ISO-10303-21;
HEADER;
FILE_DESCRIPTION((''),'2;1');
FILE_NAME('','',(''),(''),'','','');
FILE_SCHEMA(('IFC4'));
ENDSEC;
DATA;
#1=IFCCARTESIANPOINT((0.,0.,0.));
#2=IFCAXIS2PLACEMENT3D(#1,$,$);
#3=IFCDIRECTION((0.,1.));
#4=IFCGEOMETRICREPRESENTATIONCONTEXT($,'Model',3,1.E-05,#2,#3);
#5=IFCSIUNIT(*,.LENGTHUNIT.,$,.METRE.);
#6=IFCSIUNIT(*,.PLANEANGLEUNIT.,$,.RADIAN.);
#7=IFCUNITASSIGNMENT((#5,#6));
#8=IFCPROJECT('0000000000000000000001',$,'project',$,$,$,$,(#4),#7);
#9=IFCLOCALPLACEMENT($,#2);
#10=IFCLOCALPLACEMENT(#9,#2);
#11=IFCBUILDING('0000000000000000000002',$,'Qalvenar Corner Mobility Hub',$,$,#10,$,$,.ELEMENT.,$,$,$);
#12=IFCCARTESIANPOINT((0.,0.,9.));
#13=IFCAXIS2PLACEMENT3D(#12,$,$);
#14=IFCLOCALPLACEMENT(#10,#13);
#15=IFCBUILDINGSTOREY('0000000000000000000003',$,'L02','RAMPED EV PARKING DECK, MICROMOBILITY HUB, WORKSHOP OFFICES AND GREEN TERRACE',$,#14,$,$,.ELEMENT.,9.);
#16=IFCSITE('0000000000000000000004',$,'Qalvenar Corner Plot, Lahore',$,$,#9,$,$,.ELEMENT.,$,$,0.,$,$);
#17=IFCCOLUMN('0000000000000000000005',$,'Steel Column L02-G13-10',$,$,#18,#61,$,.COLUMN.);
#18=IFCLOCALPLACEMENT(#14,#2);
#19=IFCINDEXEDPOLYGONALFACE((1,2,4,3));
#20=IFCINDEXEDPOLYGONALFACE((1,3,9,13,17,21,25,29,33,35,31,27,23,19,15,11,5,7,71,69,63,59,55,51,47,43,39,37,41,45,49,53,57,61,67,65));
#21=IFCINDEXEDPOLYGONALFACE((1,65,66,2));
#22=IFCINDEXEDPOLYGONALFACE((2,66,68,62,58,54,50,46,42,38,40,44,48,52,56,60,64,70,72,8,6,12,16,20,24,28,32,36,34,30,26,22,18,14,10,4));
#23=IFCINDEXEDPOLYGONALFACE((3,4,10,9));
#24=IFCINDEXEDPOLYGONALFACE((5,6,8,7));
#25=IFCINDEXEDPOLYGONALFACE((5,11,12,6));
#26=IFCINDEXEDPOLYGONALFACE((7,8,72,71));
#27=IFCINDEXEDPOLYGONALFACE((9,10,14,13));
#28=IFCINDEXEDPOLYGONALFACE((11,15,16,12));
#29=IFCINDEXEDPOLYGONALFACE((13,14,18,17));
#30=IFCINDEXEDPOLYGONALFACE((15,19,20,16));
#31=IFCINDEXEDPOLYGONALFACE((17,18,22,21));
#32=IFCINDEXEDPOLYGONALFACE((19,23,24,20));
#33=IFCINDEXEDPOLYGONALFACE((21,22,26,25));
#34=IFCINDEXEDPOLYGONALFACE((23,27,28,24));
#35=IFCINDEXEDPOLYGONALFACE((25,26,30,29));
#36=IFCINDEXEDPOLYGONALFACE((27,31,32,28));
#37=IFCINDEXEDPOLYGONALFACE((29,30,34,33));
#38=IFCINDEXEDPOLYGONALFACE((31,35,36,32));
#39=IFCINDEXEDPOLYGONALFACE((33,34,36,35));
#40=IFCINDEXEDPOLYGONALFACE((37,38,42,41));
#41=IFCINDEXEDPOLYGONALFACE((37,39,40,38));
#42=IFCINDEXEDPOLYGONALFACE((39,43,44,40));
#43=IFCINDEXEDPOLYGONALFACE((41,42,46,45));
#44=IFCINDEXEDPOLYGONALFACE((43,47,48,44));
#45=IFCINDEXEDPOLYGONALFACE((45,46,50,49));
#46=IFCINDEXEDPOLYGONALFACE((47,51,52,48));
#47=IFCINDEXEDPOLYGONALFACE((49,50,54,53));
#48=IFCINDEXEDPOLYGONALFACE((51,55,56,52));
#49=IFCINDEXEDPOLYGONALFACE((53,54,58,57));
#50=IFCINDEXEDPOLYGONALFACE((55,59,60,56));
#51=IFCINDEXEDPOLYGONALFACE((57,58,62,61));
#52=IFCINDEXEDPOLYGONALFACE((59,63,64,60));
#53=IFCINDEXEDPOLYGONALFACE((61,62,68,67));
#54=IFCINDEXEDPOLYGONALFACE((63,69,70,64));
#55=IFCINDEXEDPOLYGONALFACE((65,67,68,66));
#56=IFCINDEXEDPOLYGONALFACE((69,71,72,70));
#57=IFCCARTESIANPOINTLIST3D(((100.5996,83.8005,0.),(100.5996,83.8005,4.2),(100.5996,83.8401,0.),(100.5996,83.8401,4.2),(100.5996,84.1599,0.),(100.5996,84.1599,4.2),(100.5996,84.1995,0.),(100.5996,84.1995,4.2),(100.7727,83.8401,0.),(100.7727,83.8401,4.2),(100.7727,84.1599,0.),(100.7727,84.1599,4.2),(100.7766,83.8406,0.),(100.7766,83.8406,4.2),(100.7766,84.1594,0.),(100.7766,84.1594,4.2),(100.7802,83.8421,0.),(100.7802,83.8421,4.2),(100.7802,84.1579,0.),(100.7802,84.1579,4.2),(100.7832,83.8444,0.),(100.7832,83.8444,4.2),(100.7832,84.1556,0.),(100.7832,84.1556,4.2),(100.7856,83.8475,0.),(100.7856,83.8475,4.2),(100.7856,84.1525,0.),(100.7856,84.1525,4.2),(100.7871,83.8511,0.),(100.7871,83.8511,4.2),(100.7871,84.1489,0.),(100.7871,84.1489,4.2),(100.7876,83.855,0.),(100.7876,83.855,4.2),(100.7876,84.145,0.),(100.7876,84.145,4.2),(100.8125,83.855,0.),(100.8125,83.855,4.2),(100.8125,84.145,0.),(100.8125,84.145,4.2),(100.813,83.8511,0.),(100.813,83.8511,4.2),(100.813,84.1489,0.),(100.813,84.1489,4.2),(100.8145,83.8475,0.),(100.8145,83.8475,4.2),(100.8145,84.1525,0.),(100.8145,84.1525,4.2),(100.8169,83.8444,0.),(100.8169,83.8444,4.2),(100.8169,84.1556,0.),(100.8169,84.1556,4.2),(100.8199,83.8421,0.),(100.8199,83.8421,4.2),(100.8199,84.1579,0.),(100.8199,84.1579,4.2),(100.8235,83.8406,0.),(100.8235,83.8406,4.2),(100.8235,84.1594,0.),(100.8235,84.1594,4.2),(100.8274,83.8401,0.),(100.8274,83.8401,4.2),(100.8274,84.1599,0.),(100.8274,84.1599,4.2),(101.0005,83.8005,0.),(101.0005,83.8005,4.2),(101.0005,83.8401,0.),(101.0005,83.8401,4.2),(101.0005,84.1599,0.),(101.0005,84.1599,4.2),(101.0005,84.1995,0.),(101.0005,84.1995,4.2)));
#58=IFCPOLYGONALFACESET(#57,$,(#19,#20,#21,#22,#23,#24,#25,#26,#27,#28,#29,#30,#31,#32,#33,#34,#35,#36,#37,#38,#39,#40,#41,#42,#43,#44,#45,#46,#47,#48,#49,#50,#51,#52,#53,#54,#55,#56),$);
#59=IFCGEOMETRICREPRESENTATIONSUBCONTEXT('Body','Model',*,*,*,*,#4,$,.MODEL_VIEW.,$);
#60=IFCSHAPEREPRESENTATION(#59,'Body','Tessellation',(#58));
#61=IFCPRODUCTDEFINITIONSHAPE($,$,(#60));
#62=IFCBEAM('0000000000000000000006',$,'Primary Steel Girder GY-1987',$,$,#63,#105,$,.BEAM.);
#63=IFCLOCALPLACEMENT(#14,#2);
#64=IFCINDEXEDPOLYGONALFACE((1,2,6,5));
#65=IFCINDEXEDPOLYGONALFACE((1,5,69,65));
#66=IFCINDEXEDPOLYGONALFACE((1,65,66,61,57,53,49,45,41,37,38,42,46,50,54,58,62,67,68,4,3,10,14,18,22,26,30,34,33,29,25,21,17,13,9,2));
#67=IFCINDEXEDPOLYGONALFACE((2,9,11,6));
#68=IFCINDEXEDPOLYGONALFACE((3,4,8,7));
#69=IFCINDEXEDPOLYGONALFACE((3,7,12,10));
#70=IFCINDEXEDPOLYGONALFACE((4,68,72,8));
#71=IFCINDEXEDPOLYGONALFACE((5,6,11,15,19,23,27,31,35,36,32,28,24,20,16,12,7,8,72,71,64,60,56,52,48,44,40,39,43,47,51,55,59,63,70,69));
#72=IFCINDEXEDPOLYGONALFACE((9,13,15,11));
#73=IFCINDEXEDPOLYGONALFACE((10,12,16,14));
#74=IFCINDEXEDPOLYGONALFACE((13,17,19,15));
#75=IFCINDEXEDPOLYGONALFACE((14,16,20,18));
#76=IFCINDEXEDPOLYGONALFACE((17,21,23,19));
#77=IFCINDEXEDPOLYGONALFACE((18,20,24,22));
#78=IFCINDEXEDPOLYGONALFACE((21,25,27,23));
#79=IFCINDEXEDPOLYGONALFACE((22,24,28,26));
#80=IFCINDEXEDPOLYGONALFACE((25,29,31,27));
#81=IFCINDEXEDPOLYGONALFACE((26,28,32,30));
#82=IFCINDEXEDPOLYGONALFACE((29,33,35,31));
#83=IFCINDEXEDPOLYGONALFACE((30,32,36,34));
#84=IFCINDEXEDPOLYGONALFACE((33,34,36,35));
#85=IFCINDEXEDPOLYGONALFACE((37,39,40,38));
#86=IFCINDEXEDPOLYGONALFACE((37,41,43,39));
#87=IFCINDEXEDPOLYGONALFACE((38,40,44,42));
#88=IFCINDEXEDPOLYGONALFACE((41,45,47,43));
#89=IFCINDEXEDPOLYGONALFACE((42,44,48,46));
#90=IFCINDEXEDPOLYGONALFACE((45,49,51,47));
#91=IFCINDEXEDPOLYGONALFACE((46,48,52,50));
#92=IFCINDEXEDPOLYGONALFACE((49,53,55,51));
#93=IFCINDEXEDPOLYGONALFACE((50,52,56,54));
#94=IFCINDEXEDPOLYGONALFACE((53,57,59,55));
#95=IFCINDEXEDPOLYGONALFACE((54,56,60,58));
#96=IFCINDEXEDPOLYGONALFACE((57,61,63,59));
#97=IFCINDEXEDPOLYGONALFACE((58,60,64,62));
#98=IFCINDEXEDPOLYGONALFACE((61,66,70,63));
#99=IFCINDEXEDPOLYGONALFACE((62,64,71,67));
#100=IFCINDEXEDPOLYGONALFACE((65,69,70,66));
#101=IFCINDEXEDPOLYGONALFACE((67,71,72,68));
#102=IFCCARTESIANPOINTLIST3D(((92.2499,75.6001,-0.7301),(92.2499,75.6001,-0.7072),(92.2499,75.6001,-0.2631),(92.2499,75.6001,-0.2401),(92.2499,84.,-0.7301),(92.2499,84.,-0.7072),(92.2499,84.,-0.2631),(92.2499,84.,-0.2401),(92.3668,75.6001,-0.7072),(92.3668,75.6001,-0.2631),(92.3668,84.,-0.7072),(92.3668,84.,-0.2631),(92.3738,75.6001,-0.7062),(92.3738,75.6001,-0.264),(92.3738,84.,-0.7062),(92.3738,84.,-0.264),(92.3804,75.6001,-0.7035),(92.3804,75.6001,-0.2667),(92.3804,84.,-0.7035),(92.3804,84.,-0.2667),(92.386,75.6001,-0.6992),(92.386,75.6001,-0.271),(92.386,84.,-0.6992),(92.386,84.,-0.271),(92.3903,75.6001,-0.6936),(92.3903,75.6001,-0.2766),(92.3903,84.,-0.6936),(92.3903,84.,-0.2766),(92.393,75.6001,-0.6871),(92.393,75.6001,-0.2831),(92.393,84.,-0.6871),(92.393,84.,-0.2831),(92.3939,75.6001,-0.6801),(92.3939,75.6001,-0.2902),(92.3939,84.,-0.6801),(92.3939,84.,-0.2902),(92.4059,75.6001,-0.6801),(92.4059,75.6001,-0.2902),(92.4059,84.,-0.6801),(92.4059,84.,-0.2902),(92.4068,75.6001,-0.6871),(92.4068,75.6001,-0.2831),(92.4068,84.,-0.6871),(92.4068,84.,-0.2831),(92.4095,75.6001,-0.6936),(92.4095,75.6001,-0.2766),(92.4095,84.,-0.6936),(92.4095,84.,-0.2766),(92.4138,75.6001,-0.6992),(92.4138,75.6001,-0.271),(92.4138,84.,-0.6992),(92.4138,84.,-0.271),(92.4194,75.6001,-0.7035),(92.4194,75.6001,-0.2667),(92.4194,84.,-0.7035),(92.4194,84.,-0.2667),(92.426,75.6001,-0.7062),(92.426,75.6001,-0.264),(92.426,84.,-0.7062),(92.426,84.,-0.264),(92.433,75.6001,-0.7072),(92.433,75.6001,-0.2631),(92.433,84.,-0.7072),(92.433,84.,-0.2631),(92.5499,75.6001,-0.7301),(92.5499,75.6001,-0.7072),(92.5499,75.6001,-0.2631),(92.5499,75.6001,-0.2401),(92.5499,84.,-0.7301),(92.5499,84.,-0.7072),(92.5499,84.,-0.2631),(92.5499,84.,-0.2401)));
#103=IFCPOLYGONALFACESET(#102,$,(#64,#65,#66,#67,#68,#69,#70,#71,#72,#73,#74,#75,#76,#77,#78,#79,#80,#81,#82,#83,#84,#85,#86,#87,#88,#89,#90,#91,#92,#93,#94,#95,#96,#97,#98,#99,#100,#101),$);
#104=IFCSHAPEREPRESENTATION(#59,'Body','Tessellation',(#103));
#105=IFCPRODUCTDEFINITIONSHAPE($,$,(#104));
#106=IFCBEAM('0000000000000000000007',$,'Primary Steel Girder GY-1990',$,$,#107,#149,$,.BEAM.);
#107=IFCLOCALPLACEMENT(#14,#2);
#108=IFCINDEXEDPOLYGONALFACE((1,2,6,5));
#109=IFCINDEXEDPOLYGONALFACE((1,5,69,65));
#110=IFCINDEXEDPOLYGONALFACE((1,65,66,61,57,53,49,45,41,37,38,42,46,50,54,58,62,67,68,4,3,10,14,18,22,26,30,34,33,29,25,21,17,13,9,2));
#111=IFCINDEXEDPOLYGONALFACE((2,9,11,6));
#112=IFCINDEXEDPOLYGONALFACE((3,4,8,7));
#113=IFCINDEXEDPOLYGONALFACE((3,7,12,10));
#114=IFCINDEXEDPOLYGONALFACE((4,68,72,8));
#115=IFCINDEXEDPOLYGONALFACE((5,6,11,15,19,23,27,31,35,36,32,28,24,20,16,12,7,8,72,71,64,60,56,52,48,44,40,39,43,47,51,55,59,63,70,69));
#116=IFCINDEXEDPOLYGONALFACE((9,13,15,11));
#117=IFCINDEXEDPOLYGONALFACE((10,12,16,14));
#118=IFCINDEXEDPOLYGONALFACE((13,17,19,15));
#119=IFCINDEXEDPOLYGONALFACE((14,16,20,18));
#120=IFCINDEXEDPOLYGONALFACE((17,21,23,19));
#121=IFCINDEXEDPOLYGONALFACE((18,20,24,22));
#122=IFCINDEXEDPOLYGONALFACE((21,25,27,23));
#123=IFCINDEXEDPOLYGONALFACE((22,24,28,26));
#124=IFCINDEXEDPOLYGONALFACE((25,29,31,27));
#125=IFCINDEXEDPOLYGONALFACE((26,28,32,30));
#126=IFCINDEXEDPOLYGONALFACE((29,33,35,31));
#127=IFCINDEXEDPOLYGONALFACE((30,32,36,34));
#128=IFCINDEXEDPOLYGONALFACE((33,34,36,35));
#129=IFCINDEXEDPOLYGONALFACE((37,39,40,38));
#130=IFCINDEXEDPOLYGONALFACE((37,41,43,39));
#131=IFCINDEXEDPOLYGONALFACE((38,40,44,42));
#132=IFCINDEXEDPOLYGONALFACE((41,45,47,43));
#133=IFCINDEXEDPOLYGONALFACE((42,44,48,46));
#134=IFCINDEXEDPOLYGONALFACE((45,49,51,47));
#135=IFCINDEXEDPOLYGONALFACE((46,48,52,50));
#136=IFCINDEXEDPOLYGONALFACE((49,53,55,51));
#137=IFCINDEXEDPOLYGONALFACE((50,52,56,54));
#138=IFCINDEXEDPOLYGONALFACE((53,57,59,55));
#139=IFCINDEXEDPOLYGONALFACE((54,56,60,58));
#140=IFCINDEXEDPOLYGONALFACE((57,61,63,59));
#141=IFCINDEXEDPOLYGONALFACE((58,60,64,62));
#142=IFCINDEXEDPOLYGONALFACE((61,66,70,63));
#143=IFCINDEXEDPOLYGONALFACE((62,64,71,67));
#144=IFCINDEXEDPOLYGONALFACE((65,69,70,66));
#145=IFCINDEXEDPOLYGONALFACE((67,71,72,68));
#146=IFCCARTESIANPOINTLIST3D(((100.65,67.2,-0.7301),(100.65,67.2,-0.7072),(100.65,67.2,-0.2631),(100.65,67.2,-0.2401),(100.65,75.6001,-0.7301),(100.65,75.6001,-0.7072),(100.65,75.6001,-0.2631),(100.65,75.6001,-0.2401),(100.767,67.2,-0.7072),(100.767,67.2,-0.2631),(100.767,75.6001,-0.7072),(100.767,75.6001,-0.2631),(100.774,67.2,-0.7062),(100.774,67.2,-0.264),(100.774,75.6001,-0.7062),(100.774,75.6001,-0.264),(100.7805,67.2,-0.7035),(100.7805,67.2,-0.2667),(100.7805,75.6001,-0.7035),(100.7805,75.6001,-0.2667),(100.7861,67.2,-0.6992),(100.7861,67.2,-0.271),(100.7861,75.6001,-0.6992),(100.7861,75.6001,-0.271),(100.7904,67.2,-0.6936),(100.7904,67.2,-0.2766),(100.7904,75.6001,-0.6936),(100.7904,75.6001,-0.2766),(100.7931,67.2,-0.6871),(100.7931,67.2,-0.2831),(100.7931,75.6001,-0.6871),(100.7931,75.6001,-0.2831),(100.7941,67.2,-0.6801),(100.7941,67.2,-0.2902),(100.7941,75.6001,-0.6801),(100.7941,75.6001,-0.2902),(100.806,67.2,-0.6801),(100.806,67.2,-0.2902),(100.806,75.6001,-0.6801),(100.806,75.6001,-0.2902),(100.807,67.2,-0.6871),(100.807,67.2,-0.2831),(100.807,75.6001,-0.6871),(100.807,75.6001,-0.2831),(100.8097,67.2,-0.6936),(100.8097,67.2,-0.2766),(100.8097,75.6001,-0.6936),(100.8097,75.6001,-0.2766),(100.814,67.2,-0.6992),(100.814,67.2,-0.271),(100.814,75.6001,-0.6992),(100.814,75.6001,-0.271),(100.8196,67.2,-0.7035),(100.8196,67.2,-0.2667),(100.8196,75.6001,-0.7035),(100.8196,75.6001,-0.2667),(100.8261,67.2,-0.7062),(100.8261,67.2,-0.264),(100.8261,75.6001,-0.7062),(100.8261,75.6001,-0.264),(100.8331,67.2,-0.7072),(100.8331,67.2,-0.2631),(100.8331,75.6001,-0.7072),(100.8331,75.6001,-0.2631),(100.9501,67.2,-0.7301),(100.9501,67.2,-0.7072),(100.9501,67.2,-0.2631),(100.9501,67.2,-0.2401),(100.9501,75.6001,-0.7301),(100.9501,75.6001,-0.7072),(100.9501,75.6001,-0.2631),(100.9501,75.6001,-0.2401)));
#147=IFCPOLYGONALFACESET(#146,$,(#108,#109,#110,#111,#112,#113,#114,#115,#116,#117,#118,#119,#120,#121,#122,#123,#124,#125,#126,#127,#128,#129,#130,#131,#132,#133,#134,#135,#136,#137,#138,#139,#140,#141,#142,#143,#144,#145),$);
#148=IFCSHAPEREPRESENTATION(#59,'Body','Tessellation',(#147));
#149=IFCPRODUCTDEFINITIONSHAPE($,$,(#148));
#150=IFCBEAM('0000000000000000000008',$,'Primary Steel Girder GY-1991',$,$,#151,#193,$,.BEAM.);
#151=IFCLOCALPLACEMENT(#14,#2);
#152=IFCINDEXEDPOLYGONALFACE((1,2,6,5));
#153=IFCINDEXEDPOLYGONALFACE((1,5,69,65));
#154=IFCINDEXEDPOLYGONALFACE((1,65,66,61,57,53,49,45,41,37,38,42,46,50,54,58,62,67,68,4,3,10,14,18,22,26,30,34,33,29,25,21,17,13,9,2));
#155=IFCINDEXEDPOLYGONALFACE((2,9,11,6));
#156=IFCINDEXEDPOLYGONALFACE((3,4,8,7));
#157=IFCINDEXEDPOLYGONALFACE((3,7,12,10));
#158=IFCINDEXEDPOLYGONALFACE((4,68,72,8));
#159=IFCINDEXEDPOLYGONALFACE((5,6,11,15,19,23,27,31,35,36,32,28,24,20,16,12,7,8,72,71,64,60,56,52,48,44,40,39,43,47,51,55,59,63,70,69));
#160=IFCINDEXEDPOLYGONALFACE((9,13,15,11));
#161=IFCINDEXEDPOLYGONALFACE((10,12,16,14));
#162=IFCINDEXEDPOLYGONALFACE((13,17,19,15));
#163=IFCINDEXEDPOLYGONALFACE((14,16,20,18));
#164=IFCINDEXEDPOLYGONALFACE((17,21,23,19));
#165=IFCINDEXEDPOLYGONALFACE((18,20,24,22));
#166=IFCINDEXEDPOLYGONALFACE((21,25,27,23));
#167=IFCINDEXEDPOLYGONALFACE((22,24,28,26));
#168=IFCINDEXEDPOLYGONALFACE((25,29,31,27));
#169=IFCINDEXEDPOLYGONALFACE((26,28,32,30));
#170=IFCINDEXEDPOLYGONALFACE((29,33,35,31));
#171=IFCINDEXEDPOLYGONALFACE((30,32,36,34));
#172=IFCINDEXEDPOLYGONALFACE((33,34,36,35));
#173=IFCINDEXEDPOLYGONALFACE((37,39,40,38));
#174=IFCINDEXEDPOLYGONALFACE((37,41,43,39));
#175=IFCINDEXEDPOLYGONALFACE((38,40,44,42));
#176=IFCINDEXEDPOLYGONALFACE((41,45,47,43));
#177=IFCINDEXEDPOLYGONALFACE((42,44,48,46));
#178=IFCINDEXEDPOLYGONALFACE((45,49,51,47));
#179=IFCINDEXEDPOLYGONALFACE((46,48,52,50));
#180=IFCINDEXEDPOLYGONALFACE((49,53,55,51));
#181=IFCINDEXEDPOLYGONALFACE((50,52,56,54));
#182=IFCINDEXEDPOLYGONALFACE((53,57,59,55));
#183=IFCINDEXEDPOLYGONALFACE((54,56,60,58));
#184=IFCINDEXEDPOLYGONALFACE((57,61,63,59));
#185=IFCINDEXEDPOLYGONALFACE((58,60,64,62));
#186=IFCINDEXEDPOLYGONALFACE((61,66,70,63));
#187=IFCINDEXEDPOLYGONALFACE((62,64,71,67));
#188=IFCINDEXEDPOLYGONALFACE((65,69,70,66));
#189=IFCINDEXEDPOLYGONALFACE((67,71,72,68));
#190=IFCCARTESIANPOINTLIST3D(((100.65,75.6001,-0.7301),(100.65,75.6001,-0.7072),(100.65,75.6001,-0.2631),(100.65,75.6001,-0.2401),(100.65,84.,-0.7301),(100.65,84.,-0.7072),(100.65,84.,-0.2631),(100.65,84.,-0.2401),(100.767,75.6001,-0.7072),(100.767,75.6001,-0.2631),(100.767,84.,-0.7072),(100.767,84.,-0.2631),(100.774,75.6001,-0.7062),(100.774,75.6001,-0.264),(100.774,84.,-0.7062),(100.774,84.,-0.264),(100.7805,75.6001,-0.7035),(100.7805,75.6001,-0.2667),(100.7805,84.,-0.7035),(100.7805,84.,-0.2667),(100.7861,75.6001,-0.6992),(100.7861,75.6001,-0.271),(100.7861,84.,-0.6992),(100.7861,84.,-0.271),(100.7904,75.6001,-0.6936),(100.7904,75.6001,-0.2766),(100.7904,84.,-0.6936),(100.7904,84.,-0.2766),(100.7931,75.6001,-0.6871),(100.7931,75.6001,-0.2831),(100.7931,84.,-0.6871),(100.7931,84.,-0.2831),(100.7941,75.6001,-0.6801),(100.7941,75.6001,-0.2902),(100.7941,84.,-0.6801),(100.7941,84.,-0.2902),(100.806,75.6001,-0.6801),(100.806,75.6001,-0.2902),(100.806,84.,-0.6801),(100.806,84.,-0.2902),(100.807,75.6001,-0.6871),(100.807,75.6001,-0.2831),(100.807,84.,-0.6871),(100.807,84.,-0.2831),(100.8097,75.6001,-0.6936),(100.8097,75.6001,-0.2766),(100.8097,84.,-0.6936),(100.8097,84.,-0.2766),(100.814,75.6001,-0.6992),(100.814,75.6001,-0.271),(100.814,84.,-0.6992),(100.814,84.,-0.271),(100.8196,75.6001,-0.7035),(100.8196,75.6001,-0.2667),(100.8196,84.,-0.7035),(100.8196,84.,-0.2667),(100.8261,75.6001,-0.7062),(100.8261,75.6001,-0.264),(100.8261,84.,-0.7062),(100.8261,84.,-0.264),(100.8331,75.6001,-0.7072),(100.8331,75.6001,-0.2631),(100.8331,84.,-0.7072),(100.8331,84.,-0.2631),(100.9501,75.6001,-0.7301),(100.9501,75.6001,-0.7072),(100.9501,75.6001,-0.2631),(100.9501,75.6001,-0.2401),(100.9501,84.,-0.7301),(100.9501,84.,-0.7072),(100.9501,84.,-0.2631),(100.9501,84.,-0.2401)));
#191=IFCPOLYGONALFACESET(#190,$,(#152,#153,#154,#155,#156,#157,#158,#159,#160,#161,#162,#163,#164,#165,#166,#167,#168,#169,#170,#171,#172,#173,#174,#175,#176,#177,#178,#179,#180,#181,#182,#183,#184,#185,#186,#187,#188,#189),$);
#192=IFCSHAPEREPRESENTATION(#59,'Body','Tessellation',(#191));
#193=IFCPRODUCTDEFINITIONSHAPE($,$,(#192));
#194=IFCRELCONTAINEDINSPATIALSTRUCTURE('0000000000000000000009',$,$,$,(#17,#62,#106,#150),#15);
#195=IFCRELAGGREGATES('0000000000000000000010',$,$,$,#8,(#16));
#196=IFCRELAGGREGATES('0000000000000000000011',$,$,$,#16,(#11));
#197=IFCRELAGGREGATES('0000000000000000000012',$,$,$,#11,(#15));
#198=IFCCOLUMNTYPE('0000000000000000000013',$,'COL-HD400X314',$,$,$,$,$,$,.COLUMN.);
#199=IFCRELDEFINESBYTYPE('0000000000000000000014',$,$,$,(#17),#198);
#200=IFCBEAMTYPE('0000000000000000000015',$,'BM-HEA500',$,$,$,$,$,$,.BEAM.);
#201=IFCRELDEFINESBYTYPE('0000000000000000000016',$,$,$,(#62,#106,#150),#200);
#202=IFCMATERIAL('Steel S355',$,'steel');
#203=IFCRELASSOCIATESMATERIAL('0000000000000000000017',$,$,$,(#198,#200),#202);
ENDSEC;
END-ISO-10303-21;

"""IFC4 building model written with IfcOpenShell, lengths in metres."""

from ifc_helpers import new_model, si_unit, direction, frame, origin, origin_2d, place, context, subcontext, project, spatial, i_section, extrude, material, material_profile, profile_set, type_object, element, save


model = new_model("IFC4")

# Units and contexts
model_context = context("Model", 3, precision=1e-05, world=origin(), true_north=direction((0.0, 1.0)))
body_context = subcontext(model_context, "Body", "Model", "MODEL_VIEW")
ifc_project = project(units=[si_unit("LENGTHUNIT", "METRE"), si_unit("PLANEANGLEUNIT", "RADIAN")], contexts=[model_context])

# Site, building, storey
site_placement = place(None, origin())
site = spatial("IfcSite", under=ifc_project, at=site_placement, Name="Qalvenar Corner Plot, Lahore", CompositionType="ELEMENT", RefElevation=0.0)
building_placement = place(site_placement, origin())
building = spatial("IfcBuilding", under=site, at=building_placement, Name="Qalvenar Corner Mobility Hub", CompositionType="ELEMENT")
storey_placement = place(building_placement, frame((0.0, 0.0, 9.0)))
storey = spatial("IfcBuildingStorey", under=building, at=storey_placement, Name="L02", Description="RAMPED EV PARKING DECK, MICROMOBILITY HUB, WORKSHOP OFFICES AND GREEN TERRACE", CompositionType="ELEMENT", Elevation=9.0)

# Column
ifc_material = material(Name="Steel S355", Category="steel")
ifc_material_profile_1 = material_profile(ifc_material, i_section(OverallWidth=0.4009, OverallDepth=0.3989, WebThickness=0.0249, FlangeThickness=0.0396, FilletRadius=0.0149, at=origin_2d()), Name="HD400x314")
ifc_profile_set_1 = profile_set([ifc_material_profile_1], Name="Steel S355")
column_type_1 = type_object("IfcColumnType", Name="COL-HD400X314", PredefinedType="COLUMN", material=ifc_profile_set_1)
for number, where, z_axis, x_axis, name in (
    (1, (100.8, 84.0, 0.0), (0.0, 0.0, 1.0), (1.0, 0.0, 0.0), "Steel Column L02-G13-10"),
):
    element("IfcColumn", number, at=place(storey_placement, frame(where, z_axis=z_axis, x_axis=x_axis)), inside=storey, type_object=column_type_1, Name=name, PredefinedType="COLUMN", context=body_context, shape_type="SweptSolid", body=[
        extrude(i_section(OverallWidth=0.4009, OverallDepth=0.3989, WebThickness=0.0249, FlangeThickness=0.0396, FilletRadius=0.0149, at=origin_2d()), origin(), (0.0, 0.0, 1.0), 4.2),
    ])

# Beams
ifc_material_profile_2 = material_profile(ifc_material, i_section(OverallWidth=0.3, OverallDepth=0.49, WebThickness=0.012, FlangeThickness=0.0229, FilletRadius=0.0271, at=origin_2d()), Name="HEA500")
ifc_profile_set_2 = profile_set([ifc_material_profile_2], Name="Steel S355")
beam_type_1 = type_object("IfcBeamType", Name="BM-HEA500", PredefinedType="BEAM", material=ifc_profile_set_2)
beam_1_placement = place(storey_placement, frame((92.3999, 75.6001, -0.4851), z_axis=(0.0, 1.0, 0.0), x_axis=(-1.0, 0.0, 0.0)))
element("IfcBeam", 2, at=beam_1_placement, inside=storey, type_object=beam_type_1, Name="Primary Steel Girder GY-1987", PredefinedType="BEAM", context=body_context, shape_type="SweptSolid", body=[
    extrude(i_section(OverallWidth=0.3, OverallDepth=0.49, WebThickness=0.012, FlangeThickness=0.0229, FilletRadius=0.0271, at=origin_2d()), origin(), (0.0, 0.0, 1.0), 8.3999),
])
beam_2_placement = place(storey_placement, frame((100.8, 67.2, -0.4851), z_axis=(0.0, 1.0, 0.0), x_axis=(-1.0, 0.0, 0.0)))
element("IfcBeam", 3, at=beam_2_placement, inside=storey, type_object=beam_type_1, Name="Primary Steel Girder GY-1990", PredefinedType="BEAM", context=body_context, shape_type="SweptSolid", body=[
    extrude(i_section(OverallWidth=0.3, OverallDepth=0.49, WebThickness=0.012, FlangeThickness=0.0229, FilletRadius=0.0271, at=origin_2d()), origin(), (0.0, 0.0, 1.0), 8.4001),
])
beam_3_placement = place(storey_placement, frame((100.8, 75.6001, -0.4851), z_axis=(0.0, 1.0, 0.0), x_axis=(-1.0, 0.0, 0.0)))
element("IfcBeam", 4, at=beam_3_placement, inside=storey, type_object=beam_type_1, Name="Primary Steel Girder GY-1991", PredefinedType="BEAM", context=body_context, shape_type="SweptSolid", body=[
    extrude(i_section(OverallWidth=0.3, OverallDepth=0.49, WebThickness=0.012, FlangeThickness=0.0229, FilletRadius=0.0271, at=origin_2d()), origin(), (0.0, 0.0, 1.0), 8.3999),
])

save(model, "model.ifc")
